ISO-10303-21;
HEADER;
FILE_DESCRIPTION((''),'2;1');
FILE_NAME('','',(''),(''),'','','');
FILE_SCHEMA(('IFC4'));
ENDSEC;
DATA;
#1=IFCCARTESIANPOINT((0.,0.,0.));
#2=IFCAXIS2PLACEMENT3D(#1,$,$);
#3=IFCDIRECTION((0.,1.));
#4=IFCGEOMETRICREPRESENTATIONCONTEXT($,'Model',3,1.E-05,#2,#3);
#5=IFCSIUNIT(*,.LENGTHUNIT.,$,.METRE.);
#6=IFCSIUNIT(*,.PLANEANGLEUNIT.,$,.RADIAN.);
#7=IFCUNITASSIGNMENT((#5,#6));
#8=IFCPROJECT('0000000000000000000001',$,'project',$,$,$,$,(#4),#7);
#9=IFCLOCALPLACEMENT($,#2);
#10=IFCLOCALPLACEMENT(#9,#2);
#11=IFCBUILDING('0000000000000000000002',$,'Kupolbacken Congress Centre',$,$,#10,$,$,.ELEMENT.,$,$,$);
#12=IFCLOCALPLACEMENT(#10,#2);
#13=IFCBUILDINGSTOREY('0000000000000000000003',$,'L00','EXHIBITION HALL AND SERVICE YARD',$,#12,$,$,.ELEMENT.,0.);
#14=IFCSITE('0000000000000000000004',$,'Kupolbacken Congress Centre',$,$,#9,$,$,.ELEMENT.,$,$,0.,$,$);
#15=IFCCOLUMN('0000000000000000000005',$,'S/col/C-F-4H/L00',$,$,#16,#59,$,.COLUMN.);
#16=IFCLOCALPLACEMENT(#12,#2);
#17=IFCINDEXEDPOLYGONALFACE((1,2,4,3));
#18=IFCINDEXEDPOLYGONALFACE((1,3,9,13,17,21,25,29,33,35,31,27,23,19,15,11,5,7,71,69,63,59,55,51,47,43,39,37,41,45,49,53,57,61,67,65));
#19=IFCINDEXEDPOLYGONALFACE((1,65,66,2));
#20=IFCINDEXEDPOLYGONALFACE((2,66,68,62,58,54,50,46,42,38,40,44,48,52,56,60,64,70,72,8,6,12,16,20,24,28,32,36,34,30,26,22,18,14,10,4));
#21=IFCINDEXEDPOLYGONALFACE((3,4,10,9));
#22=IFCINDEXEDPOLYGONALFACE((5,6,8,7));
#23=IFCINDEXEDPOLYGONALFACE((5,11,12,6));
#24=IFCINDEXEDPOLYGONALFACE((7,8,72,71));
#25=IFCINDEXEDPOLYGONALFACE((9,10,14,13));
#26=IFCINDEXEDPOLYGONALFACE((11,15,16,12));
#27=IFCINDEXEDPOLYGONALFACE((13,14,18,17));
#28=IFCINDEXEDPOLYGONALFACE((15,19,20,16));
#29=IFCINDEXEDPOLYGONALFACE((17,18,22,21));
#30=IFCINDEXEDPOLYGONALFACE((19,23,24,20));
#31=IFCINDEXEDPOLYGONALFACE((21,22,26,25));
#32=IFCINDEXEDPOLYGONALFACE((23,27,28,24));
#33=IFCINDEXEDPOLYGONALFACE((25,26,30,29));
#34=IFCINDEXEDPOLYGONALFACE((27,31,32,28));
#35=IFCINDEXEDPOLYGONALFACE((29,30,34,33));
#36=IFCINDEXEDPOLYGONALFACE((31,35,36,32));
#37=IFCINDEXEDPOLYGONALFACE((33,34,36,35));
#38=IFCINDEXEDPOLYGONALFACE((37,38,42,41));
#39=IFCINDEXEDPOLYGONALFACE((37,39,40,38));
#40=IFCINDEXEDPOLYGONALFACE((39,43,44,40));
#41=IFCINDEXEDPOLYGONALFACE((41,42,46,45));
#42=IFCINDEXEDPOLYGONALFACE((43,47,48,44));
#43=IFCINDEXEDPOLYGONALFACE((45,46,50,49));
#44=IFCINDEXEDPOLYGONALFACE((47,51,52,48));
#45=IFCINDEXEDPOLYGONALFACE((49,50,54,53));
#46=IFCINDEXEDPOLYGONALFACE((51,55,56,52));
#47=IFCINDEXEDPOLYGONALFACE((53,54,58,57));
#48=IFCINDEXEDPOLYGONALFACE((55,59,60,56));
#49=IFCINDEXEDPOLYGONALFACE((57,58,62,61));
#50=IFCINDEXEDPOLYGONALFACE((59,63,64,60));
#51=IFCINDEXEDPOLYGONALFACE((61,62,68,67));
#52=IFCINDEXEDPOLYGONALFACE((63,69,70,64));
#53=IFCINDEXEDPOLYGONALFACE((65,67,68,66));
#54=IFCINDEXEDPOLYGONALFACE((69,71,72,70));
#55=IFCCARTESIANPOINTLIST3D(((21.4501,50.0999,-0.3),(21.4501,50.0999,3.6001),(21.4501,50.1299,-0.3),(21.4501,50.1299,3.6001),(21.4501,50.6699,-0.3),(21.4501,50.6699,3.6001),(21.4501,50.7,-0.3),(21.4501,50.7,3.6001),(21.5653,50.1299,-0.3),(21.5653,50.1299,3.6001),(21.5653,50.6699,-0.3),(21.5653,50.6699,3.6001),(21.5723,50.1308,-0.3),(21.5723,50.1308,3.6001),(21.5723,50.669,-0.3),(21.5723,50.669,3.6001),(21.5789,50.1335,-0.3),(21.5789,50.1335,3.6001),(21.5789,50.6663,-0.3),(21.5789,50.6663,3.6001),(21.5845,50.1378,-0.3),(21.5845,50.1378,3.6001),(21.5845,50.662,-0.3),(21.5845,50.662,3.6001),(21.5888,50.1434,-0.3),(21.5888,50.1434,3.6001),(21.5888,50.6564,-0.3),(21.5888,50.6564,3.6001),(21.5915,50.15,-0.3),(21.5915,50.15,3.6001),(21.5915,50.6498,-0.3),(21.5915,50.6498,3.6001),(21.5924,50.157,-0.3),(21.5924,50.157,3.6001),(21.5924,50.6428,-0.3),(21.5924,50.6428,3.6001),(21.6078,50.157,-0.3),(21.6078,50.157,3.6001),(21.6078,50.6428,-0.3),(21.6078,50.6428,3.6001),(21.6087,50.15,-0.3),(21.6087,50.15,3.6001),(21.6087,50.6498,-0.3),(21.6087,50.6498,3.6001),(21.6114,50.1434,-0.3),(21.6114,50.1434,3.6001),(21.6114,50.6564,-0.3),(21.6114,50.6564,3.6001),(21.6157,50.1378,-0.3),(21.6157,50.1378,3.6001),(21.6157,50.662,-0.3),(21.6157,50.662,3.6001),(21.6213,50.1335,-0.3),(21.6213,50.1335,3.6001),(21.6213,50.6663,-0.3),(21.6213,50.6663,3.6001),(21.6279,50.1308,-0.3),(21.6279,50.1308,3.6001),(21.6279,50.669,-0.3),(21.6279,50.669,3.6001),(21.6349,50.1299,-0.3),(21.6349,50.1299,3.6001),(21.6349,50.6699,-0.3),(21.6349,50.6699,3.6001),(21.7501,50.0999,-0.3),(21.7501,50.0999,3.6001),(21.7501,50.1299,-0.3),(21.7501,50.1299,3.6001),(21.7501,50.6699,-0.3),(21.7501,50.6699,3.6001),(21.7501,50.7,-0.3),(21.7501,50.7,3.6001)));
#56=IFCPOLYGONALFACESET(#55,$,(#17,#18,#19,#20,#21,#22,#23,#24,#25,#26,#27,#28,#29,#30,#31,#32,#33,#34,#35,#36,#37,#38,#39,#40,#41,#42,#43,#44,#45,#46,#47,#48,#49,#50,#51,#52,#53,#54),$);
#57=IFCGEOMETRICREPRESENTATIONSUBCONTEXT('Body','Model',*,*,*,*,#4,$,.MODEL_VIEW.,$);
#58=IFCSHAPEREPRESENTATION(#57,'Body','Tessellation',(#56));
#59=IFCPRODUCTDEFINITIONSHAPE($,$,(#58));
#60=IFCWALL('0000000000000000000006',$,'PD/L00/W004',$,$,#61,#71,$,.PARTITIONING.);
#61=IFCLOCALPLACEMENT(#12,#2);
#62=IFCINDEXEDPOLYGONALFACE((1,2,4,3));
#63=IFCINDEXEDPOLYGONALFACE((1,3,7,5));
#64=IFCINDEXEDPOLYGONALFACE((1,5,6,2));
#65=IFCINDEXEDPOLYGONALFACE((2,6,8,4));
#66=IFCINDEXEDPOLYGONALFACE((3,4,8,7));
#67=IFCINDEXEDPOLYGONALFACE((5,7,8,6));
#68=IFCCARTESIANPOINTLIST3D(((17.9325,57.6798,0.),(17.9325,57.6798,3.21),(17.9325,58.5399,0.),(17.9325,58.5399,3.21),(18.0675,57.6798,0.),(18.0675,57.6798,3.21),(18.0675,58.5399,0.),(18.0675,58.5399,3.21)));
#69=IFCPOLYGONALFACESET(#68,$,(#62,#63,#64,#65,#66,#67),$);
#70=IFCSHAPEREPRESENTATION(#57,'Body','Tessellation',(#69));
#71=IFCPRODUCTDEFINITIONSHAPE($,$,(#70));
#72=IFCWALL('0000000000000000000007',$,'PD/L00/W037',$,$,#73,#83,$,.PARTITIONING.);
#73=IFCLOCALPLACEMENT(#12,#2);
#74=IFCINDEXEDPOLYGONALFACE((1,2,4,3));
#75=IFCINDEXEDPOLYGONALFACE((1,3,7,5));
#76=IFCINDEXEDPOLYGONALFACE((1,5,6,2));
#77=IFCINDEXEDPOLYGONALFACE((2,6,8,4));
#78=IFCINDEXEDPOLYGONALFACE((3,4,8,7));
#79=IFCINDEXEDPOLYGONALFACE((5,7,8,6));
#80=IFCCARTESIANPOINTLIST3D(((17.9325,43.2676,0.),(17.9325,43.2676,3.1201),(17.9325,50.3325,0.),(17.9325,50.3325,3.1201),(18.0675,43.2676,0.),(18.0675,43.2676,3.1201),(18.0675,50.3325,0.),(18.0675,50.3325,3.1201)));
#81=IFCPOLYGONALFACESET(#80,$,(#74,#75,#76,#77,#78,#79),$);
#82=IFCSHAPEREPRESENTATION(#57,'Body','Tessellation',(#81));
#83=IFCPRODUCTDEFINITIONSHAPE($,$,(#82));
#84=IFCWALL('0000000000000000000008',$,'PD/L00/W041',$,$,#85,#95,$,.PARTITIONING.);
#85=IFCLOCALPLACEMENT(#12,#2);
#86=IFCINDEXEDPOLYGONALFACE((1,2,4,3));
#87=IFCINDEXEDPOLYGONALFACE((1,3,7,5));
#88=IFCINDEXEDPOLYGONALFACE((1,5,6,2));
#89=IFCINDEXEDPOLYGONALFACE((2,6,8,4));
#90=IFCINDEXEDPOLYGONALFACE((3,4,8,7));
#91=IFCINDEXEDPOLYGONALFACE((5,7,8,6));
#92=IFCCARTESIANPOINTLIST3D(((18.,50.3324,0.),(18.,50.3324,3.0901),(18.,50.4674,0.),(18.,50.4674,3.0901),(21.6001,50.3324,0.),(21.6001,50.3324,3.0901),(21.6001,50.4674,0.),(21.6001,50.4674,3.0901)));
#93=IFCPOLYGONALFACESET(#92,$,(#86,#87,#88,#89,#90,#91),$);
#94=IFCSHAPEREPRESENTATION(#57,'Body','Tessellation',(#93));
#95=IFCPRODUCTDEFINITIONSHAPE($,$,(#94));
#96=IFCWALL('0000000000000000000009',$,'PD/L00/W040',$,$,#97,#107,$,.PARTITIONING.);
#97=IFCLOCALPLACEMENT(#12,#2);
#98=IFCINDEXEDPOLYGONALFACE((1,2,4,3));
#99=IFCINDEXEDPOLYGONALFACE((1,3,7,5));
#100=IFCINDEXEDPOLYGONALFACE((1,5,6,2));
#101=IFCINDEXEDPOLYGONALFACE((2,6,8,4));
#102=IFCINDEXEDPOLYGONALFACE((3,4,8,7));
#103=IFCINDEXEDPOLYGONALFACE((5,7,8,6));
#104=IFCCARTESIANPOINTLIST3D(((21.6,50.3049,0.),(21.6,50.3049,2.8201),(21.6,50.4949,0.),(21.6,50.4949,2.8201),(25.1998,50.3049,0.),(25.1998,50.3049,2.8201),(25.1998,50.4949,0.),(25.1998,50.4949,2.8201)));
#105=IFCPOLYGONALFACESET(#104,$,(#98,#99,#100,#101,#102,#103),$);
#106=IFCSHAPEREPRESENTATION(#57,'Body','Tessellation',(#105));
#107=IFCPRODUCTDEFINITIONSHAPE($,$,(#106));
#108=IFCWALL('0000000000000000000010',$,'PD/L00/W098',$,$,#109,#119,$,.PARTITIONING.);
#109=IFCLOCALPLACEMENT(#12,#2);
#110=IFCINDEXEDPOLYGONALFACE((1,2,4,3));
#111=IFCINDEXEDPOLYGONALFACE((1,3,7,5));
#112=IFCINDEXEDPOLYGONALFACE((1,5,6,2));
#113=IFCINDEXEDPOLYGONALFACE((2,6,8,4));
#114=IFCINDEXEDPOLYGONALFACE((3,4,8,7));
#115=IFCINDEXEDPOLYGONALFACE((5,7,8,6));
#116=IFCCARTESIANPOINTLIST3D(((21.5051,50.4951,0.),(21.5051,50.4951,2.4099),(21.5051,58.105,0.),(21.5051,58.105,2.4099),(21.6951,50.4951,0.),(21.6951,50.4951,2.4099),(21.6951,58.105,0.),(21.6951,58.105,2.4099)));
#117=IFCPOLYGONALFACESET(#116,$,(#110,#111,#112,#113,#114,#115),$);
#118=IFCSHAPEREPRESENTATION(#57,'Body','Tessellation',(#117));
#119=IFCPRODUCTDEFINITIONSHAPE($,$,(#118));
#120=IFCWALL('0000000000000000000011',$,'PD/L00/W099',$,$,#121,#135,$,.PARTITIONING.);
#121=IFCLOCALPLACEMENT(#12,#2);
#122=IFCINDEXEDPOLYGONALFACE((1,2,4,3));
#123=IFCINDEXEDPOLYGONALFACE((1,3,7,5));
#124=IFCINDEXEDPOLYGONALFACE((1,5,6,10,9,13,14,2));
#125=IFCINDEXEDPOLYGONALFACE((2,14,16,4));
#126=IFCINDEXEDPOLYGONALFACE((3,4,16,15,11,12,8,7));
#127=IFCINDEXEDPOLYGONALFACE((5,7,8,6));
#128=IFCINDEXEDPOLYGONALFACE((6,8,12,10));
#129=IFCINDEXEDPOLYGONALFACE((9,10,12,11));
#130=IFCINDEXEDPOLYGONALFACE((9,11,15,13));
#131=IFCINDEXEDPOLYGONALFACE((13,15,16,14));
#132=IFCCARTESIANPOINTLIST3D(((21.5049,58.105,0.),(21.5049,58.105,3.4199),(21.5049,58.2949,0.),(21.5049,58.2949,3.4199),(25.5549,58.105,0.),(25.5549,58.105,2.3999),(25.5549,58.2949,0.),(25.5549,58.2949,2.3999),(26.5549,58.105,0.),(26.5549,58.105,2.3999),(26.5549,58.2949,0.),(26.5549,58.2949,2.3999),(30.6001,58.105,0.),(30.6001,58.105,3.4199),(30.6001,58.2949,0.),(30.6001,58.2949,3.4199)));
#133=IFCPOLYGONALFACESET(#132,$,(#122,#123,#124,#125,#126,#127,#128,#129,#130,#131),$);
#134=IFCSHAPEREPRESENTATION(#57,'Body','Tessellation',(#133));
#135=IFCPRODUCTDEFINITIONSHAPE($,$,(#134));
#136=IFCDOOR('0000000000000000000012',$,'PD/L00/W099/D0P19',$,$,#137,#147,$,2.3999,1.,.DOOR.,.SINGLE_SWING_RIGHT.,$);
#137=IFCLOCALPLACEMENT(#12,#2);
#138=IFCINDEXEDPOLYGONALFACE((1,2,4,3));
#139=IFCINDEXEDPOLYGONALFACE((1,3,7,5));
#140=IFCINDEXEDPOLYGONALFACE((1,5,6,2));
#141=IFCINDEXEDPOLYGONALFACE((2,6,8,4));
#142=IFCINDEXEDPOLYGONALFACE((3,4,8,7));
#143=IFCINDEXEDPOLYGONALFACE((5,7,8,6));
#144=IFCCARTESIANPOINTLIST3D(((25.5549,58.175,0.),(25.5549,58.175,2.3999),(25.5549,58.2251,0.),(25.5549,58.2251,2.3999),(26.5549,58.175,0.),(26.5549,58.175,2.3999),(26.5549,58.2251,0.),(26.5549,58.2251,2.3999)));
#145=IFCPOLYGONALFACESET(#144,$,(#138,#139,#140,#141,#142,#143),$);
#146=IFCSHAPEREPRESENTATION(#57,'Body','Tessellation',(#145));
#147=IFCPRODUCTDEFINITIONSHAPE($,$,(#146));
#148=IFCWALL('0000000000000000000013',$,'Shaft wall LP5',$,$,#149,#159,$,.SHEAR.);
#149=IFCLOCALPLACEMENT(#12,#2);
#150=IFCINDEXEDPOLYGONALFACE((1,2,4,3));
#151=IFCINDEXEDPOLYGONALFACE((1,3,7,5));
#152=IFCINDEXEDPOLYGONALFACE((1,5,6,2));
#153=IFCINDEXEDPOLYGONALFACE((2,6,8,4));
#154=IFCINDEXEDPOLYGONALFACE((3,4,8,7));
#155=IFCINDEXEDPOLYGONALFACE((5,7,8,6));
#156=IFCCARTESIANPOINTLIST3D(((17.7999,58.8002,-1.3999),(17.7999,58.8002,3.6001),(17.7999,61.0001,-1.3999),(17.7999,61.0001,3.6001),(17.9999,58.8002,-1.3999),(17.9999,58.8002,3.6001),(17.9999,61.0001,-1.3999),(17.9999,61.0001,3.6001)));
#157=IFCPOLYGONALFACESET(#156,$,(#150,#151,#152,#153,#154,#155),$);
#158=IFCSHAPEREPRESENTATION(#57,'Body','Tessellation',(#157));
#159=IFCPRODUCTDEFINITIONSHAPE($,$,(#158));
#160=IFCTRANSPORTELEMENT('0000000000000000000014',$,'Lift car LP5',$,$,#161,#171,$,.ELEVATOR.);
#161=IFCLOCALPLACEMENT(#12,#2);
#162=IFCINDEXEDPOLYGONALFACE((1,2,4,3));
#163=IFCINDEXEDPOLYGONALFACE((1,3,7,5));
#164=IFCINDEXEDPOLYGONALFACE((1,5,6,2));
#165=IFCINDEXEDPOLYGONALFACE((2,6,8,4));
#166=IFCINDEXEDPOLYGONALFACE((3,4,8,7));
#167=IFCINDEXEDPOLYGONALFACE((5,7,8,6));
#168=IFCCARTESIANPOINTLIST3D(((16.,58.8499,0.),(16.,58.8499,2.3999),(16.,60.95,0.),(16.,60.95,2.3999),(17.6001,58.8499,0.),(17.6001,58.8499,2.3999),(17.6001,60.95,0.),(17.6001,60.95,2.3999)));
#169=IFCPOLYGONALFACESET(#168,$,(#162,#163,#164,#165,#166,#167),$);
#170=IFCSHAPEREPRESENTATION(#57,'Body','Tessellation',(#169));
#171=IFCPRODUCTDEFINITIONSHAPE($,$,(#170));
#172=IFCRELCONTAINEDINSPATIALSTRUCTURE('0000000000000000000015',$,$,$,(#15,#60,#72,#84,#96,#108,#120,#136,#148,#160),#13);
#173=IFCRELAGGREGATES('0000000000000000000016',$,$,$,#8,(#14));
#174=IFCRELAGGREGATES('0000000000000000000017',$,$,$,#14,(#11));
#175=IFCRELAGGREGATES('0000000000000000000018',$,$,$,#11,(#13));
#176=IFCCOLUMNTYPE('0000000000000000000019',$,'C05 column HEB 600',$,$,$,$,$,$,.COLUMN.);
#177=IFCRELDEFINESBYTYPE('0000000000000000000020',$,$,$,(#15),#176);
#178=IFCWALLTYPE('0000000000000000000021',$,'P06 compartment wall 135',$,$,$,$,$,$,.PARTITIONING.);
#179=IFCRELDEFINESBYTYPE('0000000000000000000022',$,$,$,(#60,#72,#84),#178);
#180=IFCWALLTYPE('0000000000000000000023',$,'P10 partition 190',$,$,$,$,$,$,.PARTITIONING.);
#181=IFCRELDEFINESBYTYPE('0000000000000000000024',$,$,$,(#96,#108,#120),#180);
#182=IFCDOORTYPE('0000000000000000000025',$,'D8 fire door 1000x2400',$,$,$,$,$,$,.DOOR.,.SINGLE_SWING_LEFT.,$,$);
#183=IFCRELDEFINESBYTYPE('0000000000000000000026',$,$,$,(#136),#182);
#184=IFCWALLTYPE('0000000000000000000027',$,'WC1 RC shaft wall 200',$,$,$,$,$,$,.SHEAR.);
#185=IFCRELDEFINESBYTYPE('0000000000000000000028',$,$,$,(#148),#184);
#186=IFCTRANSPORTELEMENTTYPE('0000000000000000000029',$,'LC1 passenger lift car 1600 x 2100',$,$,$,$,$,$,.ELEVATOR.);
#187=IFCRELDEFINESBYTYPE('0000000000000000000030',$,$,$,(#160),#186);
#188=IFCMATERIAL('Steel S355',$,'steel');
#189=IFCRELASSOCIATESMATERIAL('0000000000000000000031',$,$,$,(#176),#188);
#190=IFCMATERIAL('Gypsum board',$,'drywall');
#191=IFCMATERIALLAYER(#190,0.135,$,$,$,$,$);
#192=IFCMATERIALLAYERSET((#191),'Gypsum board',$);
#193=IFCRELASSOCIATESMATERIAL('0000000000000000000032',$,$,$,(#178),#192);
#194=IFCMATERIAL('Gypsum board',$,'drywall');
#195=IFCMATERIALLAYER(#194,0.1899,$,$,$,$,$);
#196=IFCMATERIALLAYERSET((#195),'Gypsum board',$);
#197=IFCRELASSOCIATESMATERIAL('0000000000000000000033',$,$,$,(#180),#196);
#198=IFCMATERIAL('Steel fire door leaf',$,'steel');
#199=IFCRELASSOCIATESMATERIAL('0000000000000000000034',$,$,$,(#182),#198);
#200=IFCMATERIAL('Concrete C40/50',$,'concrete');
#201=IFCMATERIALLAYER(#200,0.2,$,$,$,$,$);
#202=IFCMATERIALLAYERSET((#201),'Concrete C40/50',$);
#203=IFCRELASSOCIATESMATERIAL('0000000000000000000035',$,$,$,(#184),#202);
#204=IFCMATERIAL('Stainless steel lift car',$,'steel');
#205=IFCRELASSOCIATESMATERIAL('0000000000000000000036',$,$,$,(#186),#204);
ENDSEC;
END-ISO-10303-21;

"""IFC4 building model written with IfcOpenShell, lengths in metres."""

from ifc_helpers import new_model, si_unit, direction, frame, frame_2d, origin, origin_2d, place, context, subcontext, project, spatial, rectangle, i_section, extrude, material, layer, layer_set, material_profile, profile_set, type_object, element, fill, save


model = new_model("IFC4")

# Units and contexts
model_context = context("Model", 3, precision=1e-05, world=origin(), true_north=direction((0.0, 1.0)))
body_context = subcontext(model_context, "Body", "Model", "MODEL_VIEW")
ifc_project = project(units=[si_unit("LENGTHUNIT", "METRE"), si_unit("PLANEANGLEUNIT", "RADIAN")], contexts=[model_context])

# Site, building, storey
site_placement = place(None, origin())
site = spatial("IfcSite", under=ifc_project, at=site_placement, Name="Kupolbacken Congress Centre", CompositionType="ELEMENT", RefElevation=0.0)
building_placement = place(site_placement, origin())
building = spatial("IfcBuilding", under=site, at=building_placement, Name="Kupolbacken Congress Centre", CompositionType="ELEMENT")
storey_placement = place(building_placement, origin())
storey = spatial("IfcBuildingStorey", under=building, at=storey_placement, Name="L00", Description="EXHIBITION HALL AND SERVICE YARD", CompositionType="ELEMENT", Elevation=0.0)

# Column
ifc_material_1 = material(Name="Steel S355", Category="steel")
ifc_material_profile_1 = material_profile(ifc_material_1, i_section(OverallWidth=0.3, OverallDepth=0.6001, WebThickness=0.0154, FlangeThickness=0.03, FilletRadius=0.0271, at=origin_2d()), Name="HEB 600")
ifc_profile_set_1 = profile_set([ifc_material_profile_1], Name="Steel S355")
column_type = type_object("IfcColumnType", Name="C05 column HEB 600", PredefinedType="COLUMN", material=ifc_profile_set_1)
column_placement = place(storey_placement, frame((21.6001, 50.3999, -0.3), z_axis=(0.0, 0.0, 1.0), x_axis=(1.0, 0.0, 0.0)))
element("IfcColumn", 1, at=column_placement, inside=storey, type_object=column_type, Name="S/col/C-F-4H/L00", PredefinedType="COLUMN", context=body_context, shape_type="SweptSolid", body=[
    extrude(i_section(OverallWidth=0.3, OverallDepth=0.6001, WebThickness=0.0154, FlangeThickness=0.03, FilletRadius=0.0271, at=origin_2d()), origin(), (0.0, 0.0, 1.0), 3.9001),
])

# Shared definitions
ifc_material_2 = material(Name="Gypsum board", Category="drywall")
ifc_layer_1 = layer(ifc_material_2, 0.135)
ifc_layer_set_1 = layer_set([ifc_layer_1], Name="Gypsum board")
wall_type_1 = type_object("IfcWallType", Name="P06 compartment wall 135", PredefinedType="PARTITIONING", material=ifc_layer_set_1)

# Walls
wall_1_placement = place(storey_placement, frame((18.0, 58.54, 0.0), z_axis=(0.0, 0.0, 1.0), x_axis=(0.0, -1.0, 0.0)))
element("IfcWall", 2, at=wall_1_placement, inside=storey, type_object=wall_type_1, Name="PD/L00/W004", PredefinedType="PARTITIONING", context=body_context, shape_type="SweptSolid", body=[
    extrude(rectangle(XDim=0.8601, YDim=0.135, at=frame_2d((0.4302, 0.0))), origin(), (0.0, 0.0, 1.0), 3.21),
])
wall_2_placement = place(storey_placement, frame((18.0, 50.3325, 0.0), z_axis=(0.0, 0.0, 1.0), x_axis=(0.0, -1.0, 0.0)))
element("IfcWall", 3, at=wall_2_placement, inside=storey, type_object=wall_type_1, Name="PD/L00/W037", PredefinedType="PARTITIONING", context=body_context, shape_type="SweptSolid", body=[
    extrude(rectangle(XDim=7.0649, YDim=0.135, at=frame_2d((3.5325, 0.0))), origin(), (0.0, 0.0, 1.0), 3.1201),
])
wall_3_placement = place(storey_placement, frame((18.0, 50.3999, 0.0), z_axis=(0.0, 0.0, 1.0), x_axis=(1.0, 0.0, 0.0)))
element("IfcWall", 4, at=wall_3_placement, inside=storey, type_object=wall_type_1, Name="PD/L00/W041", PredefinedType="PARTITIONING", context=body_context, shape_type="SweptSolid", body=[
    extrude(rectangle(XDim=3.6001, YDim=0.135, at=frame_2d((1.8, 0.0))), origin(), (0.0, 0.0, 1.0), 3.0901),
])

# Walls
ifc_material_3 = material(Name="Gypsum board", Category="drywall")
ifc_layer_2 = layer(ifc_material_3, 0.1899)
ifc_layer_set_2 = layer_set([ifc_layer_2], Name="Gypsum board")
wall_type_2 = type_object("IfcWallType", Name="P10 partition 190", PredefinedType="PARTITIONING", material=ifc_layer_set_2)
wall_4_placement = place(storey_placement, frame((21.6001, 50.3999, 0.0), z_axis=(0.0, 0.0, 1.0), x_axis=(1.0, 0.0, 0.0)))
element("IfcWall", 5, at=wall_4_placement, inside=storey, type_object=wall_type_2, Name="PD/L00/W040", PredefinedType="PARTITIONING", context=body_context, shape_type="SweptSolid", body=[
    extrude(rectangle(XDim=3.5999, YDim=0.1899, at=frame_2d((1.7998, 0.0))), origin(), (0.0, 0.0, 1.0), 2.8201),
])
wall_5_placement = place(storey_placement, frame((21.6001, 50.4951, 0.0), z_axis=(0.0, 0.0, 1.0), x_axis=(0.0, 1.0, 0.0)))
element("IfcWall", 6, at=wall_5_placement, inside=storey, type_object=wall_type_2, Name="PD/L00/W098", PredefinedType="PARTITIONING", context=body_context, shape_type="SweptSolid", body=[
    extrude(rectangle(XDim=7.6099, YDim=0.1899, at=frame_2d((3.8049, 0.0))), origin(), (0.0, 0.0, 1.0), 2.4099),
])

# Wall, opening, door
wall_6_placement = place(storey_placement, frame((21.5049, 58.2, 0.0), z_axis=(0.0, 0.0, 1.0), x_axis=(1.0, 0.0, 0.0)))
wall_6 = element("IfcWall", 7, at=wall_6_placement, inside=storey, type_object=wall_type_2, Name="PD/L00/W099", PredefinedType="PARTITIONING", context=body_context, shape_type="SweptSolid", body=[
    extrude(rectangle(XDim=9.0952, YDim=0.1899, at=frame_2d((4.5476, 0.0))), origin(), (0.0, 0.0, 1.0), 3.4199),
])
opening_1_placement = place(wall_6_placement, frame((4.05, 0.0, 0.0)))
opening_1 = element("IfcOpeningElement", 8, at=opening_1_placement, cuts=wall_6, PredefinedType="OPENING", context=body_context, shape_type="SweptSolid", body=[
    extrude(rectangle(XDim=1.0, YDim=2.3999, at=frame_2d((0.5, 1.2))), frame((0.0, 0.105, 0.0), z_axis=(0.0, -1.0, 0.0), x_axis=(1.0, 0.0, 0.0)), (0.0, 0.0, 1.0), 0.21),
])
ifc_material_4 = material(Name="Steel fire door leaf", Category="steel")
door_type_1 = type_object("IfcDoorType", Name="D8 fire door 1000x2400", OperationType="SINGLE_SWING_LEFT", PredefinedType="DOOR", material=ifc_material_4)
door_1_placement = place(opening_1_placement, frame((1.0, 0.0, 0.0), z_axis=(0.0, 0.0, 1.0), x_axis=(-1.0, 0.0, 0.0)))
door_1 = element("IfcDoor", 9, at=door_1_placement, inside=storey, type_object=door_type_1, Name="PD/L00/W099/D0P19", OperationType="SINGLE_SWING_RIGHT", OverallHeight=2.3999, OverallWidth=1.0, PredefinedType="DOOR", context=body_context, shape_type="SweptSolid", body=[
    extrude(rectangle(XDim=1.0, YDim=2.3999, at=frame_2d((0.5, 1.2))), frame((0.0, 0.0249, 0.0), z_axis=(0.0, -1.0, 0.0), x_axis=(1.0, 0.0, 0.0)), (0.0, 0.0, 1.0), 0.05),
])
fill(opening_1, door_1)

# Wall
ifc_material_5 = material(Name="Concrete C40/50", Category="concrete")
ifc_layer_3 = layer(ifc_material_5, 0.2)
ifc_layer_set_3 = layer_set([ifc_layer_3], Name="Concrete C40/50")
wall_type_3 = type_object("IfcWallType", Name="WC1 RC shaft wall 200", PredefinedType="SHEAR", material=ifc_layer_set_3)
wall_7_placement = place(storey_placement, frame((17.8999, 58.8, -1.3999), z_axis=(0.0, 0.0, 1.0), x_axis=(0.0, 1.0, 0.0)))
element("IfcWall", 10, at=wall_7_placement, inside=storey, type_object=wall_type_3, Name="Shaft wall LP5", PredefinedType="SHEAR", context=body_context, shape_type="SweptSolid", body=[
    extrude(rectangle(XDim=2.2, YDim=0.2, at=frame_2d((1.1001, 0.0))), origin(), (0.0, 0.0, 1.0), 5.0),
])

# Transport element
ifc_material_6 = material(Name="Stainless steel lift car", Category="steel")
transport_element_type = type_object("IfcTransportElementType", Name="LC1 passenger lift car 1600 x 2100", PredefinedType="ELEVATOR", material=ifc_material_6)
transport_element_placement = place(storey_placement, frame((16.8, 59.8999, 0.0), z_axis=(0.0, 0.0, 1.0), x_axis=(1.0, 0.0, 0.0)))
element("IfcTransportElement", 11, at=transport_element_placement, inside=storey, type_object=transport_element_type, Name="Lift car LP5", PredefinedType="ELEVATOR", context=body_context, shape_type="SweptSolid", body=[
    extrude(rectangle(XDim=1.6001, YDim=2.1001, at=origin_2d()), origin(), (0.0, 0.0, 1.0), 2.3999),
])

save(model, "model.ifc")
